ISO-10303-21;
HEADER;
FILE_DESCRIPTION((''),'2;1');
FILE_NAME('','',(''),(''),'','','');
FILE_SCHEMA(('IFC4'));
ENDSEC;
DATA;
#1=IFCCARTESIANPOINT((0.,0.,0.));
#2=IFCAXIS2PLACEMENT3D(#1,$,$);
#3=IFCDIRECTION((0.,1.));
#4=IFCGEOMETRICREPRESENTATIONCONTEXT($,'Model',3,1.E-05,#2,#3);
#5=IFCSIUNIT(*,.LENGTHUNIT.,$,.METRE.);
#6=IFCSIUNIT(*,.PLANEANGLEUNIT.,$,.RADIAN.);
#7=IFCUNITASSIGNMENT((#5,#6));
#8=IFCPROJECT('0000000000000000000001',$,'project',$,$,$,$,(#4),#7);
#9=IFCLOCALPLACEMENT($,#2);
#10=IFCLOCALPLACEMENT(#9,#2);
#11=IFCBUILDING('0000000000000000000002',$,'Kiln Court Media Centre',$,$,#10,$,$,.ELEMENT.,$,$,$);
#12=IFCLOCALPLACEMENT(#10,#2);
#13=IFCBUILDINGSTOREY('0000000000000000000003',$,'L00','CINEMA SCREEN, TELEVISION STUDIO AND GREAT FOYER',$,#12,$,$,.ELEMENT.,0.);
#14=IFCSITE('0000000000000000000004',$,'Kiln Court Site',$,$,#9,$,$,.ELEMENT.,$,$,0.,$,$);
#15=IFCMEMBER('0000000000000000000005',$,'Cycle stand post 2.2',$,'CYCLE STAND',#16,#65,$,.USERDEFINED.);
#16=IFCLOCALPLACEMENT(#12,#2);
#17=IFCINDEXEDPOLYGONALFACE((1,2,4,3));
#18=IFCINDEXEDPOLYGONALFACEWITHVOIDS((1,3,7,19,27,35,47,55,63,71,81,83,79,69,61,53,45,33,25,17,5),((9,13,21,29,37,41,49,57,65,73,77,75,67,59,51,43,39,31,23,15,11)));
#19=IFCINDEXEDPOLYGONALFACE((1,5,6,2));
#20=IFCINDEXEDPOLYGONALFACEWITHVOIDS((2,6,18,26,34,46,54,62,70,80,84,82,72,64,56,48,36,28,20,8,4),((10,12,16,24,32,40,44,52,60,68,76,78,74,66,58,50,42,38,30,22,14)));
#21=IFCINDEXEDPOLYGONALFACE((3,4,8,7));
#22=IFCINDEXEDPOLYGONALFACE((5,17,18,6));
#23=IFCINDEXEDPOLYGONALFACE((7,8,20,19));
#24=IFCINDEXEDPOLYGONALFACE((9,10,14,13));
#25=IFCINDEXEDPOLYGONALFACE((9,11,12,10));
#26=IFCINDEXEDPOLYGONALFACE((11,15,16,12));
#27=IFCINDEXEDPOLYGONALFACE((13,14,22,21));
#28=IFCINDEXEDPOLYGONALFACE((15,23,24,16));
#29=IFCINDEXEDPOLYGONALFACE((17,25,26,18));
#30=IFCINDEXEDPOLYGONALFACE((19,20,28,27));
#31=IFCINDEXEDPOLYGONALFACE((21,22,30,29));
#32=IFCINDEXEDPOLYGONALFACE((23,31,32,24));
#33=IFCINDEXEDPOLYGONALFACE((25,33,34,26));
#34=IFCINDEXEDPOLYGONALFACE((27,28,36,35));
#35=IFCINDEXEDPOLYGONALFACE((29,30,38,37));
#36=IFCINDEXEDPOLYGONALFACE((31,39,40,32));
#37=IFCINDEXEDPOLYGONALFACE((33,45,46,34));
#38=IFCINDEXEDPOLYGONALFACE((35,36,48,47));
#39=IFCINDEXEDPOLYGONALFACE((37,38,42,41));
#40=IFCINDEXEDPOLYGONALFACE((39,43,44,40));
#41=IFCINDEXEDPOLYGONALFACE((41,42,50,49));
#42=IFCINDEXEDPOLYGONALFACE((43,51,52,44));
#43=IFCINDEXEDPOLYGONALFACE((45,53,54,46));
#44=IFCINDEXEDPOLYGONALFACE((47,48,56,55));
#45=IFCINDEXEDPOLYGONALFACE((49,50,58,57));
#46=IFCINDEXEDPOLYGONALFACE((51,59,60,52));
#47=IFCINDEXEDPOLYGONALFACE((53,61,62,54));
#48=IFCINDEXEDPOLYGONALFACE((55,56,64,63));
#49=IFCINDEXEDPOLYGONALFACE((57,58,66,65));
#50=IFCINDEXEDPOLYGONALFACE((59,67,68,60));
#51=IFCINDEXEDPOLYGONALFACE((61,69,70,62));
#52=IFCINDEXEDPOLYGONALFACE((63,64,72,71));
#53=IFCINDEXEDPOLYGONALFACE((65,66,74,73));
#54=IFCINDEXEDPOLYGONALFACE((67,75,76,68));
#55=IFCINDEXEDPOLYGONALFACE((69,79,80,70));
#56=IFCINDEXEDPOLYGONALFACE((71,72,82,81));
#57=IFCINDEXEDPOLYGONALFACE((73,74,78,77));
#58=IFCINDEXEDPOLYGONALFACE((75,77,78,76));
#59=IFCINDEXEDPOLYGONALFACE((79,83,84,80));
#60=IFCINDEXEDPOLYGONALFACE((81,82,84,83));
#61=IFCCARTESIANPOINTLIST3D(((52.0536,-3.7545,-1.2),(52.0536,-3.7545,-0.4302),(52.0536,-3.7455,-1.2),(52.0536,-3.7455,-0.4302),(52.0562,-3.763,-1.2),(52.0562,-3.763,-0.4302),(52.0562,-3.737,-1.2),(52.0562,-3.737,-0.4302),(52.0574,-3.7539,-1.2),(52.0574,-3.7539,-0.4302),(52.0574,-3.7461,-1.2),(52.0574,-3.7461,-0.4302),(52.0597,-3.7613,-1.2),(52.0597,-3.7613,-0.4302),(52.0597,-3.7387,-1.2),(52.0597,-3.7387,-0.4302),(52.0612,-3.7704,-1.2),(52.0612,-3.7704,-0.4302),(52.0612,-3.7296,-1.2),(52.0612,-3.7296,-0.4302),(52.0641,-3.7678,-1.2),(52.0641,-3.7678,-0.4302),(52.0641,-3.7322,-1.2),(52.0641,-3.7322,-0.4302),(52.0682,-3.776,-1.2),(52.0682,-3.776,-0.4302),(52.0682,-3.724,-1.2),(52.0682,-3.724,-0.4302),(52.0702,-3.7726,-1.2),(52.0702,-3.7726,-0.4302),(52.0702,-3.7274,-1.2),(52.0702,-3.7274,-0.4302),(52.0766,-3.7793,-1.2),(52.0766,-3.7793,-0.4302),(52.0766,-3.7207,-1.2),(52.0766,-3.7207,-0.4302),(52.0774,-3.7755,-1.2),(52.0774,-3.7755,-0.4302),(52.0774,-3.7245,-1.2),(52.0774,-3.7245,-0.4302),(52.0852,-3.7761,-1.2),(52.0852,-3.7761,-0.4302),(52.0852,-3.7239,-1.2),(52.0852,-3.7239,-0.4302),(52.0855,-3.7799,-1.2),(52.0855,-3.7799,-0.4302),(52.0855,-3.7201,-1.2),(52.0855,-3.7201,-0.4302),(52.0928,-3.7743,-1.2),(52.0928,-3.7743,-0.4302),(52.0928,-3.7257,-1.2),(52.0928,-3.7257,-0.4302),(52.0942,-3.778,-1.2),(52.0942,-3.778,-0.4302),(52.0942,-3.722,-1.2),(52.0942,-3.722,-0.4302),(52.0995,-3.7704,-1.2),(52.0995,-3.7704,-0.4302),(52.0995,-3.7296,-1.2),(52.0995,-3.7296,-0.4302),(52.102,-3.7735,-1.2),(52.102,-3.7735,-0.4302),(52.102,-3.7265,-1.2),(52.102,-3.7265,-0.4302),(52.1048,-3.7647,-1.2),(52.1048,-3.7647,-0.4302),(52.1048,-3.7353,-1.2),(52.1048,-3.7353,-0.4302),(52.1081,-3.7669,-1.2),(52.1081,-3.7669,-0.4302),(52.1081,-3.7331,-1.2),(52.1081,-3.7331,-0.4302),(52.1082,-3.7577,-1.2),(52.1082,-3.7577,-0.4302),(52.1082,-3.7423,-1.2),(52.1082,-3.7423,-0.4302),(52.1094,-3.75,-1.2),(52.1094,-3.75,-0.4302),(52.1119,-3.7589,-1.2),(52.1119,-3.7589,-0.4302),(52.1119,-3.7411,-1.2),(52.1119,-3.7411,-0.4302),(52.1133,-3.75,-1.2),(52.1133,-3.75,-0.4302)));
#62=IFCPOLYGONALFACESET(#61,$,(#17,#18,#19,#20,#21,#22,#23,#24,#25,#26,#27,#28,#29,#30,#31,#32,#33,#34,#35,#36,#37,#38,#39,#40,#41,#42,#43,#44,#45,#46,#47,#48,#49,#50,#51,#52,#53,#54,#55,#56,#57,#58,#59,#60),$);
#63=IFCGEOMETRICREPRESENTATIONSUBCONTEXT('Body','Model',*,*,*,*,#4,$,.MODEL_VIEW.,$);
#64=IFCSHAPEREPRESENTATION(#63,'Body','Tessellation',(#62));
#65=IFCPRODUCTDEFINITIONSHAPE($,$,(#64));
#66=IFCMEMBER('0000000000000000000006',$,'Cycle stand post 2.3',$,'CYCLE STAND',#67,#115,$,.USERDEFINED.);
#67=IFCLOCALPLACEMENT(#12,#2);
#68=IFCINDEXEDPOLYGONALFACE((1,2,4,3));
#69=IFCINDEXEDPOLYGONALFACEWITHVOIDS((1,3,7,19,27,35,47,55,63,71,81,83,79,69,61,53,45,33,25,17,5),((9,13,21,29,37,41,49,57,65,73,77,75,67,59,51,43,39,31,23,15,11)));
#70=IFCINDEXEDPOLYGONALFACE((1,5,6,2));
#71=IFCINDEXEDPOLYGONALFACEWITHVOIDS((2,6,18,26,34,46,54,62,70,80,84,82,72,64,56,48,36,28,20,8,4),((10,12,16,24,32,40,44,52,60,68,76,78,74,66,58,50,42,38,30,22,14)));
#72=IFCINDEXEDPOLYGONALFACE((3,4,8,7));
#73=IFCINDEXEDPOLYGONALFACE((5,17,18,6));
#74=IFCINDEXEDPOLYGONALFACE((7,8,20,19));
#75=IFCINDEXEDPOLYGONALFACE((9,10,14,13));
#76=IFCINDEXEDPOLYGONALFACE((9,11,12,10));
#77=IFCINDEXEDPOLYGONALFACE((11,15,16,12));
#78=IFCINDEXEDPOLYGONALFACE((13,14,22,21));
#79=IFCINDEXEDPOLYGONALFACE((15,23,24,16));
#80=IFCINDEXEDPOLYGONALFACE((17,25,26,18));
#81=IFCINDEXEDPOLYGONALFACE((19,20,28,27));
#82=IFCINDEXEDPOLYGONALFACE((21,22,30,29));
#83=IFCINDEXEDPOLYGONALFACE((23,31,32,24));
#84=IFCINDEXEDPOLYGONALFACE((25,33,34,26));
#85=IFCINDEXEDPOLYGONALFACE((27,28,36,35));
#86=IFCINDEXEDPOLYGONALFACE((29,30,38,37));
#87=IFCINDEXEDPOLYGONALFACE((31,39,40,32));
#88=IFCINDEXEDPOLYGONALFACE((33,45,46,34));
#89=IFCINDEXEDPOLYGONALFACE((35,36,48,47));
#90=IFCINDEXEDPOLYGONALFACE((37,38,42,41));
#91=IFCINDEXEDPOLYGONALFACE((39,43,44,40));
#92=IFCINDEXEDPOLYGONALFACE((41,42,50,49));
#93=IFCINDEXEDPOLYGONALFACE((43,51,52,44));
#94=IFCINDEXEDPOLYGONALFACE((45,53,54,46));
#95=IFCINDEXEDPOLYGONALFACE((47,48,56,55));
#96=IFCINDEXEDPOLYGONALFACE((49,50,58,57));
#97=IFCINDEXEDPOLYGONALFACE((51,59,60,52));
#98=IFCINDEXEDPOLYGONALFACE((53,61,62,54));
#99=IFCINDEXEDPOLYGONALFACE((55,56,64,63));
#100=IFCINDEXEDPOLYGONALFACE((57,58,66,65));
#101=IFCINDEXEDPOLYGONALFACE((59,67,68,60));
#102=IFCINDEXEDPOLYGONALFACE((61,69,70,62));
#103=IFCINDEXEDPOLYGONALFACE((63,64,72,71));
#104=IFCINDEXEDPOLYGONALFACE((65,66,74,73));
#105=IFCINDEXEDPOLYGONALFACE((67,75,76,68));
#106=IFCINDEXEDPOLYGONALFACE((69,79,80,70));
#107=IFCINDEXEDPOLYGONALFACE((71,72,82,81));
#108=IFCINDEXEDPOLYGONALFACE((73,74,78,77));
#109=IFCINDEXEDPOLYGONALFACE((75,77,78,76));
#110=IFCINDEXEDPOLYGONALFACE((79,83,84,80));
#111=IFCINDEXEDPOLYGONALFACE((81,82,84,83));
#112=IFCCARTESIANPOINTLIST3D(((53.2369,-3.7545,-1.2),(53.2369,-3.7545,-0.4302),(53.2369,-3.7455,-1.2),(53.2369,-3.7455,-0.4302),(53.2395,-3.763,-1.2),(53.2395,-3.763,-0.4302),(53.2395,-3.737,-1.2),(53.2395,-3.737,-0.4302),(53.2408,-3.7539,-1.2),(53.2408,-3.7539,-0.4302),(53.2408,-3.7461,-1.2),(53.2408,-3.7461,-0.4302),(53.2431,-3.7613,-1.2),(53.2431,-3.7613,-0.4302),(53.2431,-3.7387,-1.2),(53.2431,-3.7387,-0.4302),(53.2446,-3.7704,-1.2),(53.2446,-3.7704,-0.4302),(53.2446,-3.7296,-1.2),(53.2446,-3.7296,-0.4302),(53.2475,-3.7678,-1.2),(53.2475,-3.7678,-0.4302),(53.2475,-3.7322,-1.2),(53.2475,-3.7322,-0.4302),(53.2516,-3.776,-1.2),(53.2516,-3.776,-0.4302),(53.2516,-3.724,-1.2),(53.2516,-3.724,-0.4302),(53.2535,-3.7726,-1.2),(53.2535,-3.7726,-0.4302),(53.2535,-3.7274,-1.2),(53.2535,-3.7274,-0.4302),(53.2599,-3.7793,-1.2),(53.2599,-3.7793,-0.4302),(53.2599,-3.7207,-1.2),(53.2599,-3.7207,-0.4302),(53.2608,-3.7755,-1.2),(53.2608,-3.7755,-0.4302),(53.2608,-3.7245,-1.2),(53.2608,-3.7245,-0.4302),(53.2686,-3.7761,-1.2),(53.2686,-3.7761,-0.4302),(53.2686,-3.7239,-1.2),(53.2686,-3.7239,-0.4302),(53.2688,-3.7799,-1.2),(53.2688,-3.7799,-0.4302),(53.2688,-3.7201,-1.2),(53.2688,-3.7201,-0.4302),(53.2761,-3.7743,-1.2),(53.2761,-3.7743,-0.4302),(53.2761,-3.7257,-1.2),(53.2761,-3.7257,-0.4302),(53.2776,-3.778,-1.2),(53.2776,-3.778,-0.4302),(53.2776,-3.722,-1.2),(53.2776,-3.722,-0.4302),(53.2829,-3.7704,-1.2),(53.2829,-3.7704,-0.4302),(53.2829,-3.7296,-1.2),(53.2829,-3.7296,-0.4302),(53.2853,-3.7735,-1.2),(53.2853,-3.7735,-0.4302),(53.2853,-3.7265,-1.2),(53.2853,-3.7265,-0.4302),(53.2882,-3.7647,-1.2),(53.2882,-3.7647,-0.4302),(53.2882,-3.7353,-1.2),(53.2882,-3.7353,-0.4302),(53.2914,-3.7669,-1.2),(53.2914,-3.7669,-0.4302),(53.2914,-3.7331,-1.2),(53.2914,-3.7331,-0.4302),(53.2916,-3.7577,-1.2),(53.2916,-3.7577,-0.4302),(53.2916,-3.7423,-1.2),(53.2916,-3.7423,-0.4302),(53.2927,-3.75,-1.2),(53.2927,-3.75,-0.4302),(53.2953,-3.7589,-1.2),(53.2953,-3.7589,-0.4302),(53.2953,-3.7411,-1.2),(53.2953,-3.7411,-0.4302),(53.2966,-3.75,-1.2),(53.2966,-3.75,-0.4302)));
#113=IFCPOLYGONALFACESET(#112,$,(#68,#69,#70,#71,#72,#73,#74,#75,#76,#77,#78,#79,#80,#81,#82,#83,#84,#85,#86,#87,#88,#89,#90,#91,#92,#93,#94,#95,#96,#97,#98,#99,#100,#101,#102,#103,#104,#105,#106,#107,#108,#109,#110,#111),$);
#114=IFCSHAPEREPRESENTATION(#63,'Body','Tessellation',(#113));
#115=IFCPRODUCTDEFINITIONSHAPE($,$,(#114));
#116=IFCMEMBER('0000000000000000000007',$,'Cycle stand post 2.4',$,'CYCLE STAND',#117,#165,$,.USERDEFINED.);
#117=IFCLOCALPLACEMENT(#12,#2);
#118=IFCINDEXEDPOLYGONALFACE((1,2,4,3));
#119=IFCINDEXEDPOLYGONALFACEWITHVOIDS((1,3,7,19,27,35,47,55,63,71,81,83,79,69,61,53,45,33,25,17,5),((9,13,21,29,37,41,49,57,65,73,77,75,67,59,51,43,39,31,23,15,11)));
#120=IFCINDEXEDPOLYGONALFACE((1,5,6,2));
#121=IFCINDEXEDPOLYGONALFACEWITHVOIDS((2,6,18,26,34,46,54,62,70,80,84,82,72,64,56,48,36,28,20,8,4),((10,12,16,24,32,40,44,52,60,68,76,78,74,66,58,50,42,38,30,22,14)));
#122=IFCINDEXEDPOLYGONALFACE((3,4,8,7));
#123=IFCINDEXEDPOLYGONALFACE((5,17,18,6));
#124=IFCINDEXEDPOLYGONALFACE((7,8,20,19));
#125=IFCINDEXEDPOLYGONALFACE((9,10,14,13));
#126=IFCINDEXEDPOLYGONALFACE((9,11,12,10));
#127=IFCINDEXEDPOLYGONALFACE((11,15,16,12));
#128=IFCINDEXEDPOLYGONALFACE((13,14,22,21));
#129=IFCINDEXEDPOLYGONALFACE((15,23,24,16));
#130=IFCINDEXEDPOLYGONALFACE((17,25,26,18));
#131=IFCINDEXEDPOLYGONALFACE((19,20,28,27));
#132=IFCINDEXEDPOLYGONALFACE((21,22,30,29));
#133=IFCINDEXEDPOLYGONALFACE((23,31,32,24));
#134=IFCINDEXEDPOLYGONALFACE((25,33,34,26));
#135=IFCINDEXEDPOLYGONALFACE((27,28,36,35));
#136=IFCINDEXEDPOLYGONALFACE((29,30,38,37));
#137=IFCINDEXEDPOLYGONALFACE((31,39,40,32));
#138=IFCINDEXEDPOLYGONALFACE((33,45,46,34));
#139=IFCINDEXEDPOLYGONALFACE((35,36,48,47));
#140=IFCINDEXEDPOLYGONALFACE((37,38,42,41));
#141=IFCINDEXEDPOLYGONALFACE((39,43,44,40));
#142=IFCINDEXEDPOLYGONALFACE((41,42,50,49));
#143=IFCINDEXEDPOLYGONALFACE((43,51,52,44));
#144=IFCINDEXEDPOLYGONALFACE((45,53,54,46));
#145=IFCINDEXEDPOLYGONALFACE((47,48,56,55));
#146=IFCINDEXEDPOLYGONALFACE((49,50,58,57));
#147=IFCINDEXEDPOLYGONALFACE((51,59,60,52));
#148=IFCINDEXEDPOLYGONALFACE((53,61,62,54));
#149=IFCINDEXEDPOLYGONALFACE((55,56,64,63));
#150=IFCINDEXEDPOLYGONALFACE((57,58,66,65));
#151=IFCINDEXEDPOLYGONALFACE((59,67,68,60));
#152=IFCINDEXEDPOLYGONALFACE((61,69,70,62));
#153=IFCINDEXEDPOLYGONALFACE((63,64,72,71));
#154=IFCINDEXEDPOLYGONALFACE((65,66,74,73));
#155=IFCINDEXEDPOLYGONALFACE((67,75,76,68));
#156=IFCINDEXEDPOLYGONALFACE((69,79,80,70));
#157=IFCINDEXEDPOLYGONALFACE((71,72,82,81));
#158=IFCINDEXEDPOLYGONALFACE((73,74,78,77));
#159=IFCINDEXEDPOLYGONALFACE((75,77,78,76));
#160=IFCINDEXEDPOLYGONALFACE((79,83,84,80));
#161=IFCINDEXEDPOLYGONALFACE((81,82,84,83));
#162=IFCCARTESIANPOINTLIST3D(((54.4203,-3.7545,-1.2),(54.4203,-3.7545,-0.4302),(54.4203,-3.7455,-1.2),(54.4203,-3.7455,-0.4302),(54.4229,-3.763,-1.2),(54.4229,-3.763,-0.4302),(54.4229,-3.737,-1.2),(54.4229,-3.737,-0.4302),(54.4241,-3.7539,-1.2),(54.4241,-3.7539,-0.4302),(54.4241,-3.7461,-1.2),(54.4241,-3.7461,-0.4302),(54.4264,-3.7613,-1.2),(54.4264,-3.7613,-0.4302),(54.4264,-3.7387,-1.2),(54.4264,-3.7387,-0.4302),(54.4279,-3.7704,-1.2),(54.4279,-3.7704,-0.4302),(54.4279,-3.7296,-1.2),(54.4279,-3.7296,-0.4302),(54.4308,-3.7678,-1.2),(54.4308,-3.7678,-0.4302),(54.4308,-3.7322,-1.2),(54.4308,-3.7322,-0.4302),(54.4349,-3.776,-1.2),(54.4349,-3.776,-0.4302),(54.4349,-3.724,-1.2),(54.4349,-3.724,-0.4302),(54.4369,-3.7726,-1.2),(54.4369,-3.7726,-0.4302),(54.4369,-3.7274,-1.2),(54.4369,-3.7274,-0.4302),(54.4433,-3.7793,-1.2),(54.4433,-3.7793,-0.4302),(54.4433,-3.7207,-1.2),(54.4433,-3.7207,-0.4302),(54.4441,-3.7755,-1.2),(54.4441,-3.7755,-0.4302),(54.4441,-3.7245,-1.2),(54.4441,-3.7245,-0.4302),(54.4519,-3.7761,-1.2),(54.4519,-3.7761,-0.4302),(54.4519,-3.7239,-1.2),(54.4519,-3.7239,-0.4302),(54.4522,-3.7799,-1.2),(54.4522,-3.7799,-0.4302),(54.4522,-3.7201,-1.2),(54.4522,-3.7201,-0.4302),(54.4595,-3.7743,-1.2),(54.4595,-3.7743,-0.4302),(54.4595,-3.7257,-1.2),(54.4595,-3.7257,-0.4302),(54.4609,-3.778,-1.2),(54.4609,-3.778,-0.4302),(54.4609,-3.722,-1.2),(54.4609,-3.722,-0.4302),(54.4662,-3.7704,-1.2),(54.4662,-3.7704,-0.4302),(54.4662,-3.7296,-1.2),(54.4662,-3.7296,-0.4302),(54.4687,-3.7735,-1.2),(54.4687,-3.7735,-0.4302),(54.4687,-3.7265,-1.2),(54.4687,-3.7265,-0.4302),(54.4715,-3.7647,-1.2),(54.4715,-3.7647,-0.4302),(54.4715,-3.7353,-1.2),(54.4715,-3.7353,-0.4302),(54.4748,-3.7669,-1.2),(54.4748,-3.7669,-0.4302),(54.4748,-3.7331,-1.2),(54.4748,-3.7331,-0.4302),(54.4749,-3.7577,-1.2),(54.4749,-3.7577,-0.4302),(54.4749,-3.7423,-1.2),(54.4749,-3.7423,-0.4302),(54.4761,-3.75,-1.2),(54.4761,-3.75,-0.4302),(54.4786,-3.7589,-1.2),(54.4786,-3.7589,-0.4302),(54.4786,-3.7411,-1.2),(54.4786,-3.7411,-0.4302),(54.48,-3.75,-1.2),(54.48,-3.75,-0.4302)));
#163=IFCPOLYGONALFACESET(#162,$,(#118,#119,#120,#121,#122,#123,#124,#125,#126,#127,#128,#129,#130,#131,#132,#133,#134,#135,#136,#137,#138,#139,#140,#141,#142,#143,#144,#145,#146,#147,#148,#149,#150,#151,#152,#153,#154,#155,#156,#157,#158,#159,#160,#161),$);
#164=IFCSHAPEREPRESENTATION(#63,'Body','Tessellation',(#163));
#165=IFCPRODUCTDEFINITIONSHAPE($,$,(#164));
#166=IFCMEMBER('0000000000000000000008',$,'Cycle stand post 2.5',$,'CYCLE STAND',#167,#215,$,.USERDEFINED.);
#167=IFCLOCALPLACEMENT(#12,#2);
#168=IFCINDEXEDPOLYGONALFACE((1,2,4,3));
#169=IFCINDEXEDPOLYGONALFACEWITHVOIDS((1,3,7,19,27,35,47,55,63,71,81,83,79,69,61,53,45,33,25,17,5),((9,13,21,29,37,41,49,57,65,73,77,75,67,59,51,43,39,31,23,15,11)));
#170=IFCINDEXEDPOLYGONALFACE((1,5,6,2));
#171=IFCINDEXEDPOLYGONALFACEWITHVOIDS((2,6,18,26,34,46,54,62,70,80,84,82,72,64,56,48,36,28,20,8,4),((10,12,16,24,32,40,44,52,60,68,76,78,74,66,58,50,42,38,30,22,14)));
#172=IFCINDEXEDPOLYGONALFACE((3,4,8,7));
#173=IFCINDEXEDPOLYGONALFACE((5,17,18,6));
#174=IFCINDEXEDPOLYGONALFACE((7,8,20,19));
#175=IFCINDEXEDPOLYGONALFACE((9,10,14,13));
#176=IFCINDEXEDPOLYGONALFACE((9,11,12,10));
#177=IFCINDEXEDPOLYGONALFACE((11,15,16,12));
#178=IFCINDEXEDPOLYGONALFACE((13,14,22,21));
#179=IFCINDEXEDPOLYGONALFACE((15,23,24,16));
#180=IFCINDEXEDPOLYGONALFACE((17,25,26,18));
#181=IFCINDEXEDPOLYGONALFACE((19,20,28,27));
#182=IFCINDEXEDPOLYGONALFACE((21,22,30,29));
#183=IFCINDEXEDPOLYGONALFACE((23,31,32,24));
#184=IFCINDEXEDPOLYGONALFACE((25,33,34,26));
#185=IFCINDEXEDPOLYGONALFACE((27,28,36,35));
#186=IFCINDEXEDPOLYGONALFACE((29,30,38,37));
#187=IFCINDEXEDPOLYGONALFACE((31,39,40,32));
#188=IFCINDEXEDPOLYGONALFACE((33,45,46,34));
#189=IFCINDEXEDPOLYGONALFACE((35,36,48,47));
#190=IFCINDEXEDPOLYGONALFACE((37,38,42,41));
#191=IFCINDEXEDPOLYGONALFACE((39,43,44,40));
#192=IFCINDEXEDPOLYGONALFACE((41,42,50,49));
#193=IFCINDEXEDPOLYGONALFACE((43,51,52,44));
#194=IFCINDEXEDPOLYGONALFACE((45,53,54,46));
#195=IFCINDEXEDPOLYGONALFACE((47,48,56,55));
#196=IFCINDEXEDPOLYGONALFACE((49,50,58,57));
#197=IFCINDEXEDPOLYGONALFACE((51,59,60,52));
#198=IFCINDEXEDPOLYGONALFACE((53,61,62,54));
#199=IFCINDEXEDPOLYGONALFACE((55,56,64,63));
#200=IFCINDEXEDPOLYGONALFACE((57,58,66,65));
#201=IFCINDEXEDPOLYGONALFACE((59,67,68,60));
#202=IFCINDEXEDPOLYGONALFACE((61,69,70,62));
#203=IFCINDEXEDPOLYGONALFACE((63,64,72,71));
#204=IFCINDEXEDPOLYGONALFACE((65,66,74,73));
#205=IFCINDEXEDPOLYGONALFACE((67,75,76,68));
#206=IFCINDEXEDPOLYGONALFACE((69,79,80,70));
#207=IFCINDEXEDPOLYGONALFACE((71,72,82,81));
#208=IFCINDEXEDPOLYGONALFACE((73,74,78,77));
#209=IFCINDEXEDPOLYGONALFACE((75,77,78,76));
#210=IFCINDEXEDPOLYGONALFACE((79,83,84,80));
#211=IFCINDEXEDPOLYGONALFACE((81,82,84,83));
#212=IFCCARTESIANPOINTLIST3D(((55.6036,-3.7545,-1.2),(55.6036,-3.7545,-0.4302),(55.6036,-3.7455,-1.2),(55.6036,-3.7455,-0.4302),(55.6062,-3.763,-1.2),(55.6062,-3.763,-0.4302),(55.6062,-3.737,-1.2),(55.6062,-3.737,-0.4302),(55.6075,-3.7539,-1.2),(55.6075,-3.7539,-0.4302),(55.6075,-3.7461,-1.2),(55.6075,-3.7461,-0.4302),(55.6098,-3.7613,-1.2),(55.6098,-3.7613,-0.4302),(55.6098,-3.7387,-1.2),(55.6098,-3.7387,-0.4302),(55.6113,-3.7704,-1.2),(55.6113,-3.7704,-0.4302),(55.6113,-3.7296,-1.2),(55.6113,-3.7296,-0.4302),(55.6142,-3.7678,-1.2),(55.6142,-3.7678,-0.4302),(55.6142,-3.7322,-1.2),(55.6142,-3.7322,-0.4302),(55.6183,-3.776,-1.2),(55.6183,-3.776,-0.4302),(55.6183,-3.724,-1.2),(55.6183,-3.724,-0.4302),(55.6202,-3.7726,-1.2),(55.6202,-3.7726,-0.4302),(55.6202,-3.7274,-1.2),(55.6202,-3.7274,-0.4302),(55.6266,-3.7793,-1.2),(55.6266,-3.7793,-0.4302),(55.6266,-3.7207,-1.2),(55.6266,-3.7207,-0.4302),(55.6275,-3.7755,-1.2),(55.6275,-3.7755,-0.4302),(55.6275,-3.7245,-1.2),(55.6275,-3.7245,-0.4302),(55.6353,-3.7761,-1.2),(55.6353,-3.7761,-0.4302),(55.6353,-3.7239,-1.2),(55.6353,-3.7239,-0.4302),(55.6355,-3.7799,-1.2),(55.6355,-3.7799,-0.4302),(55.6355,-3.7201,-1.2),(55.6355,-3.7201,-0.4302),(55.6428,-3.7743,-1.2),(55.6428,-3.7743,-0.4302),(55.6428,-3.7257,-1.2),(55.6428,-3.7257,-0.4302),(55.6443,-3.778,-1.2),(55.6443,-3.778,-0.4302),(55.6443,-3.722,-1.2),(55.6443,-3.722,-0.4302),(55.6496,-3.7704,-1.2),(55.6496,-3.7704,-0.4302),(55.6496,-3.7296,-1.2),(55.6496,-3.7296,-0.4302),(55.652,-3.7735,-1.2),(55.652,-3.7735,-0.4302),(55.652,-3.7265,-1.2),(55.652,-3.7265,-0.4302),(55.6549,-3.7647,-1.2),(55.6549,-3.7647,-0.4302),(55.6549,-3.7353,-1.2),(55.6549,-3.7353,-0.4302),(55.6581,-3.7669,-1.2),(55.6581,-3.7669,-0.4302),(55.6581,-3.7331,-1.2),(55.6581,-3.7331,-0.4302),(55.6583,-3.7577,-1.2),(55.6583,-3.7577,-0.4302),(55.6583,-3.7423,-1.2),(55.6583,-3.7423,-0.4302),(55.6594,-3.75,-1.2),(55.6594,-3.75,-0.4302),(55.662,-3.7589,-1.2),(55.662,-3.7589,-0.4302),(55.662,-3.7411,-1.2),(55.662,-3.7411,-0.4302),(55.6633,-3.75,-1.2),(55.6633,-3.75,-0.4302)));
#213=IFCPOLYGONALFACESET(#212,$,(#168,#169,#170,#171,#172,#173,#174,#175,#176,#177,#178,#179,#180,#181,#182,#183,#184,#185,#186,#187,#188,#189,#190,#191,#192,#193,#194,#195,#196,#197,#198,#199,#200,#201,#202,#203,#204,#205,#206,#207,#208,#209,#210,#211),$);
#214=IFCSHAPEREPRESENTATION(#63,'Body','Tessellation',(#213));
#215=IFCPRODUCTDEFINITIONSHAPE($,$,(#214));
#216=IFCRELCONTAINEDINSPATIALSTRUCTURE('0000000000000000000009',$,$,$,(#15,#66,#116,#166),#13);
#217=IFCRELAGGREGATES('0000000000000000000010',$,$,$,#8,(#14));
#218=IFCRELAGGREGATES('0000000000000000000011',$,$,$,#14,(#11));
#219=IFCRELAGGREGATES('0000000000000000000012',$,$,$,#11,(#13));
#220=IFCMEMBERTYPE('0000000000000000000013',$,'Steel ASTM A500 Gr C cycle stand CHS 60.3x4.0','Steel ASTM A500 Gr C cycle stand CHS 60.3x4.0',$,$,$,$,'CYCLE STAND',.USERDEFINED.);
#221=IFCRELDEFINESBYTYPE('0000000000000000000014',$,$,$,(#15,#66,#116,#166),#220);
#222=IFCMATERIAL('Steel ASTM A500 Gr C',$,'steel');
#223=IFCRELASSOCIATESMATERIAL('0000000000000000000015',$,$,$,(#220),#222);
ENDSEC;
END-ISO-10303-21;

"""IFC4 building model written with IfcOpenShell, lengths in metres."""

from ifc_helpers import new_model, si_unit, direction, frame, origin, origin_2d, place, context, subcontext, project, spatial, hollow_circle, extrude, material, material_profile, profile_set, type_object, element, save


model = new_model("IFC4")

# Units and contexts
model_context = context("Model", 3, precision=1e-05, world=origin(), true_north=direction((0.0, 1.0)))
body_context = subcontext(model_context, "Body", "Model", "MODEL_VIEW")
ifc_project = project(units=[si_unit("LENGTHUNIT", "METRE"), si_unit("PLANEANGLEUNIT", "RADIAN")], contexts=[model_context])

# Site, building, storey
site_placement = place(None, origin())
site = spatial("IfcSite", under=ifc_project, at=site_placement, Name="Kiln Court Site", CompositionType="ELEMENT", RefElevation=0.0)
building_placement = place(site_placement, origin())
building = spatial("IfcBuilding", under=site, at=building_placement, Name="Kiln Court Media Centre", CompositionType="ELEMENT")
storey_placement = place(building_placement, origin())
storey = spatial("IfcBuildingStorey", under=building, at=storey_placement, Name="L00", Description="CINEMA SCREEN, TELEVISION STUDIO AND GREAT FOYER", CompositionType="ELEMENT", Elevation=0.0)

# Members
ifc_material = material(Name="Steel ASTM A500 Gr C", Category="steel")
ifc_material_profile = material_profile(ifc_material, hollow_circle(Radius=0.03, WallThickness=0.0039, at=origin_2d()), Name="CHS 60.3x4.0")
ifc_profile_set = profile_set([ifc_material_profile], Name="Steel ASTM A500 Gr C")
member_type = type_object("IfcMemberType", Name="Steel ASTM A500 Gr C cycle stand CHS 60.3x4.0", Description="Steel ASTM A500 Gr C cycle stand CHS 60.3x4.0", ElementType="CYCLE STAND", PredefinedType="USERDEFINED", material=ifc_profile_set)
for number, where, z_axis, x_axis, name in (
    (1, (52.0833, -3.75, -1.2), (0.0, 0.0, 1.0), (1.0, 0.0, 0.0), "Cycle stand post 2.2"),
    (2, (53.2666, -3.75, -1.2), (0.0, 0.0, 1.0), (1.0, 0.0, 0.0), "Cycle stand post 2.3"),
    (3, (54.45, -3.75, -1.2), (0.0, 0.0, 1.0), (1.0, 0.0, 0.0), "Cycle stand post 2.4"),
    (4, (55.6333, -3.75, -1.2), (0.0, 0.0, 1.0), (1.0, 0.0, 0.0), "Cycle stand post 2.5"),
):
    element("IfcMember", number, at=place(storey_placement, frame(where, z_axis=z_axis, x_axis=x_axis)), inside=storey, type_object=member_type, Name=name, ObjectType="CYCLE STAND", PredefinedType="USERDEFINED", context=body_context, shape_type="SweptSolid", body=[
        extrude(hollow_circle(Radius=0.03, WallThickness=0.0039, at=origin_2d()), origin(), (0.0, 0.0, 1.0), 0.7698),
    ])

save(model, "model.ifc")
